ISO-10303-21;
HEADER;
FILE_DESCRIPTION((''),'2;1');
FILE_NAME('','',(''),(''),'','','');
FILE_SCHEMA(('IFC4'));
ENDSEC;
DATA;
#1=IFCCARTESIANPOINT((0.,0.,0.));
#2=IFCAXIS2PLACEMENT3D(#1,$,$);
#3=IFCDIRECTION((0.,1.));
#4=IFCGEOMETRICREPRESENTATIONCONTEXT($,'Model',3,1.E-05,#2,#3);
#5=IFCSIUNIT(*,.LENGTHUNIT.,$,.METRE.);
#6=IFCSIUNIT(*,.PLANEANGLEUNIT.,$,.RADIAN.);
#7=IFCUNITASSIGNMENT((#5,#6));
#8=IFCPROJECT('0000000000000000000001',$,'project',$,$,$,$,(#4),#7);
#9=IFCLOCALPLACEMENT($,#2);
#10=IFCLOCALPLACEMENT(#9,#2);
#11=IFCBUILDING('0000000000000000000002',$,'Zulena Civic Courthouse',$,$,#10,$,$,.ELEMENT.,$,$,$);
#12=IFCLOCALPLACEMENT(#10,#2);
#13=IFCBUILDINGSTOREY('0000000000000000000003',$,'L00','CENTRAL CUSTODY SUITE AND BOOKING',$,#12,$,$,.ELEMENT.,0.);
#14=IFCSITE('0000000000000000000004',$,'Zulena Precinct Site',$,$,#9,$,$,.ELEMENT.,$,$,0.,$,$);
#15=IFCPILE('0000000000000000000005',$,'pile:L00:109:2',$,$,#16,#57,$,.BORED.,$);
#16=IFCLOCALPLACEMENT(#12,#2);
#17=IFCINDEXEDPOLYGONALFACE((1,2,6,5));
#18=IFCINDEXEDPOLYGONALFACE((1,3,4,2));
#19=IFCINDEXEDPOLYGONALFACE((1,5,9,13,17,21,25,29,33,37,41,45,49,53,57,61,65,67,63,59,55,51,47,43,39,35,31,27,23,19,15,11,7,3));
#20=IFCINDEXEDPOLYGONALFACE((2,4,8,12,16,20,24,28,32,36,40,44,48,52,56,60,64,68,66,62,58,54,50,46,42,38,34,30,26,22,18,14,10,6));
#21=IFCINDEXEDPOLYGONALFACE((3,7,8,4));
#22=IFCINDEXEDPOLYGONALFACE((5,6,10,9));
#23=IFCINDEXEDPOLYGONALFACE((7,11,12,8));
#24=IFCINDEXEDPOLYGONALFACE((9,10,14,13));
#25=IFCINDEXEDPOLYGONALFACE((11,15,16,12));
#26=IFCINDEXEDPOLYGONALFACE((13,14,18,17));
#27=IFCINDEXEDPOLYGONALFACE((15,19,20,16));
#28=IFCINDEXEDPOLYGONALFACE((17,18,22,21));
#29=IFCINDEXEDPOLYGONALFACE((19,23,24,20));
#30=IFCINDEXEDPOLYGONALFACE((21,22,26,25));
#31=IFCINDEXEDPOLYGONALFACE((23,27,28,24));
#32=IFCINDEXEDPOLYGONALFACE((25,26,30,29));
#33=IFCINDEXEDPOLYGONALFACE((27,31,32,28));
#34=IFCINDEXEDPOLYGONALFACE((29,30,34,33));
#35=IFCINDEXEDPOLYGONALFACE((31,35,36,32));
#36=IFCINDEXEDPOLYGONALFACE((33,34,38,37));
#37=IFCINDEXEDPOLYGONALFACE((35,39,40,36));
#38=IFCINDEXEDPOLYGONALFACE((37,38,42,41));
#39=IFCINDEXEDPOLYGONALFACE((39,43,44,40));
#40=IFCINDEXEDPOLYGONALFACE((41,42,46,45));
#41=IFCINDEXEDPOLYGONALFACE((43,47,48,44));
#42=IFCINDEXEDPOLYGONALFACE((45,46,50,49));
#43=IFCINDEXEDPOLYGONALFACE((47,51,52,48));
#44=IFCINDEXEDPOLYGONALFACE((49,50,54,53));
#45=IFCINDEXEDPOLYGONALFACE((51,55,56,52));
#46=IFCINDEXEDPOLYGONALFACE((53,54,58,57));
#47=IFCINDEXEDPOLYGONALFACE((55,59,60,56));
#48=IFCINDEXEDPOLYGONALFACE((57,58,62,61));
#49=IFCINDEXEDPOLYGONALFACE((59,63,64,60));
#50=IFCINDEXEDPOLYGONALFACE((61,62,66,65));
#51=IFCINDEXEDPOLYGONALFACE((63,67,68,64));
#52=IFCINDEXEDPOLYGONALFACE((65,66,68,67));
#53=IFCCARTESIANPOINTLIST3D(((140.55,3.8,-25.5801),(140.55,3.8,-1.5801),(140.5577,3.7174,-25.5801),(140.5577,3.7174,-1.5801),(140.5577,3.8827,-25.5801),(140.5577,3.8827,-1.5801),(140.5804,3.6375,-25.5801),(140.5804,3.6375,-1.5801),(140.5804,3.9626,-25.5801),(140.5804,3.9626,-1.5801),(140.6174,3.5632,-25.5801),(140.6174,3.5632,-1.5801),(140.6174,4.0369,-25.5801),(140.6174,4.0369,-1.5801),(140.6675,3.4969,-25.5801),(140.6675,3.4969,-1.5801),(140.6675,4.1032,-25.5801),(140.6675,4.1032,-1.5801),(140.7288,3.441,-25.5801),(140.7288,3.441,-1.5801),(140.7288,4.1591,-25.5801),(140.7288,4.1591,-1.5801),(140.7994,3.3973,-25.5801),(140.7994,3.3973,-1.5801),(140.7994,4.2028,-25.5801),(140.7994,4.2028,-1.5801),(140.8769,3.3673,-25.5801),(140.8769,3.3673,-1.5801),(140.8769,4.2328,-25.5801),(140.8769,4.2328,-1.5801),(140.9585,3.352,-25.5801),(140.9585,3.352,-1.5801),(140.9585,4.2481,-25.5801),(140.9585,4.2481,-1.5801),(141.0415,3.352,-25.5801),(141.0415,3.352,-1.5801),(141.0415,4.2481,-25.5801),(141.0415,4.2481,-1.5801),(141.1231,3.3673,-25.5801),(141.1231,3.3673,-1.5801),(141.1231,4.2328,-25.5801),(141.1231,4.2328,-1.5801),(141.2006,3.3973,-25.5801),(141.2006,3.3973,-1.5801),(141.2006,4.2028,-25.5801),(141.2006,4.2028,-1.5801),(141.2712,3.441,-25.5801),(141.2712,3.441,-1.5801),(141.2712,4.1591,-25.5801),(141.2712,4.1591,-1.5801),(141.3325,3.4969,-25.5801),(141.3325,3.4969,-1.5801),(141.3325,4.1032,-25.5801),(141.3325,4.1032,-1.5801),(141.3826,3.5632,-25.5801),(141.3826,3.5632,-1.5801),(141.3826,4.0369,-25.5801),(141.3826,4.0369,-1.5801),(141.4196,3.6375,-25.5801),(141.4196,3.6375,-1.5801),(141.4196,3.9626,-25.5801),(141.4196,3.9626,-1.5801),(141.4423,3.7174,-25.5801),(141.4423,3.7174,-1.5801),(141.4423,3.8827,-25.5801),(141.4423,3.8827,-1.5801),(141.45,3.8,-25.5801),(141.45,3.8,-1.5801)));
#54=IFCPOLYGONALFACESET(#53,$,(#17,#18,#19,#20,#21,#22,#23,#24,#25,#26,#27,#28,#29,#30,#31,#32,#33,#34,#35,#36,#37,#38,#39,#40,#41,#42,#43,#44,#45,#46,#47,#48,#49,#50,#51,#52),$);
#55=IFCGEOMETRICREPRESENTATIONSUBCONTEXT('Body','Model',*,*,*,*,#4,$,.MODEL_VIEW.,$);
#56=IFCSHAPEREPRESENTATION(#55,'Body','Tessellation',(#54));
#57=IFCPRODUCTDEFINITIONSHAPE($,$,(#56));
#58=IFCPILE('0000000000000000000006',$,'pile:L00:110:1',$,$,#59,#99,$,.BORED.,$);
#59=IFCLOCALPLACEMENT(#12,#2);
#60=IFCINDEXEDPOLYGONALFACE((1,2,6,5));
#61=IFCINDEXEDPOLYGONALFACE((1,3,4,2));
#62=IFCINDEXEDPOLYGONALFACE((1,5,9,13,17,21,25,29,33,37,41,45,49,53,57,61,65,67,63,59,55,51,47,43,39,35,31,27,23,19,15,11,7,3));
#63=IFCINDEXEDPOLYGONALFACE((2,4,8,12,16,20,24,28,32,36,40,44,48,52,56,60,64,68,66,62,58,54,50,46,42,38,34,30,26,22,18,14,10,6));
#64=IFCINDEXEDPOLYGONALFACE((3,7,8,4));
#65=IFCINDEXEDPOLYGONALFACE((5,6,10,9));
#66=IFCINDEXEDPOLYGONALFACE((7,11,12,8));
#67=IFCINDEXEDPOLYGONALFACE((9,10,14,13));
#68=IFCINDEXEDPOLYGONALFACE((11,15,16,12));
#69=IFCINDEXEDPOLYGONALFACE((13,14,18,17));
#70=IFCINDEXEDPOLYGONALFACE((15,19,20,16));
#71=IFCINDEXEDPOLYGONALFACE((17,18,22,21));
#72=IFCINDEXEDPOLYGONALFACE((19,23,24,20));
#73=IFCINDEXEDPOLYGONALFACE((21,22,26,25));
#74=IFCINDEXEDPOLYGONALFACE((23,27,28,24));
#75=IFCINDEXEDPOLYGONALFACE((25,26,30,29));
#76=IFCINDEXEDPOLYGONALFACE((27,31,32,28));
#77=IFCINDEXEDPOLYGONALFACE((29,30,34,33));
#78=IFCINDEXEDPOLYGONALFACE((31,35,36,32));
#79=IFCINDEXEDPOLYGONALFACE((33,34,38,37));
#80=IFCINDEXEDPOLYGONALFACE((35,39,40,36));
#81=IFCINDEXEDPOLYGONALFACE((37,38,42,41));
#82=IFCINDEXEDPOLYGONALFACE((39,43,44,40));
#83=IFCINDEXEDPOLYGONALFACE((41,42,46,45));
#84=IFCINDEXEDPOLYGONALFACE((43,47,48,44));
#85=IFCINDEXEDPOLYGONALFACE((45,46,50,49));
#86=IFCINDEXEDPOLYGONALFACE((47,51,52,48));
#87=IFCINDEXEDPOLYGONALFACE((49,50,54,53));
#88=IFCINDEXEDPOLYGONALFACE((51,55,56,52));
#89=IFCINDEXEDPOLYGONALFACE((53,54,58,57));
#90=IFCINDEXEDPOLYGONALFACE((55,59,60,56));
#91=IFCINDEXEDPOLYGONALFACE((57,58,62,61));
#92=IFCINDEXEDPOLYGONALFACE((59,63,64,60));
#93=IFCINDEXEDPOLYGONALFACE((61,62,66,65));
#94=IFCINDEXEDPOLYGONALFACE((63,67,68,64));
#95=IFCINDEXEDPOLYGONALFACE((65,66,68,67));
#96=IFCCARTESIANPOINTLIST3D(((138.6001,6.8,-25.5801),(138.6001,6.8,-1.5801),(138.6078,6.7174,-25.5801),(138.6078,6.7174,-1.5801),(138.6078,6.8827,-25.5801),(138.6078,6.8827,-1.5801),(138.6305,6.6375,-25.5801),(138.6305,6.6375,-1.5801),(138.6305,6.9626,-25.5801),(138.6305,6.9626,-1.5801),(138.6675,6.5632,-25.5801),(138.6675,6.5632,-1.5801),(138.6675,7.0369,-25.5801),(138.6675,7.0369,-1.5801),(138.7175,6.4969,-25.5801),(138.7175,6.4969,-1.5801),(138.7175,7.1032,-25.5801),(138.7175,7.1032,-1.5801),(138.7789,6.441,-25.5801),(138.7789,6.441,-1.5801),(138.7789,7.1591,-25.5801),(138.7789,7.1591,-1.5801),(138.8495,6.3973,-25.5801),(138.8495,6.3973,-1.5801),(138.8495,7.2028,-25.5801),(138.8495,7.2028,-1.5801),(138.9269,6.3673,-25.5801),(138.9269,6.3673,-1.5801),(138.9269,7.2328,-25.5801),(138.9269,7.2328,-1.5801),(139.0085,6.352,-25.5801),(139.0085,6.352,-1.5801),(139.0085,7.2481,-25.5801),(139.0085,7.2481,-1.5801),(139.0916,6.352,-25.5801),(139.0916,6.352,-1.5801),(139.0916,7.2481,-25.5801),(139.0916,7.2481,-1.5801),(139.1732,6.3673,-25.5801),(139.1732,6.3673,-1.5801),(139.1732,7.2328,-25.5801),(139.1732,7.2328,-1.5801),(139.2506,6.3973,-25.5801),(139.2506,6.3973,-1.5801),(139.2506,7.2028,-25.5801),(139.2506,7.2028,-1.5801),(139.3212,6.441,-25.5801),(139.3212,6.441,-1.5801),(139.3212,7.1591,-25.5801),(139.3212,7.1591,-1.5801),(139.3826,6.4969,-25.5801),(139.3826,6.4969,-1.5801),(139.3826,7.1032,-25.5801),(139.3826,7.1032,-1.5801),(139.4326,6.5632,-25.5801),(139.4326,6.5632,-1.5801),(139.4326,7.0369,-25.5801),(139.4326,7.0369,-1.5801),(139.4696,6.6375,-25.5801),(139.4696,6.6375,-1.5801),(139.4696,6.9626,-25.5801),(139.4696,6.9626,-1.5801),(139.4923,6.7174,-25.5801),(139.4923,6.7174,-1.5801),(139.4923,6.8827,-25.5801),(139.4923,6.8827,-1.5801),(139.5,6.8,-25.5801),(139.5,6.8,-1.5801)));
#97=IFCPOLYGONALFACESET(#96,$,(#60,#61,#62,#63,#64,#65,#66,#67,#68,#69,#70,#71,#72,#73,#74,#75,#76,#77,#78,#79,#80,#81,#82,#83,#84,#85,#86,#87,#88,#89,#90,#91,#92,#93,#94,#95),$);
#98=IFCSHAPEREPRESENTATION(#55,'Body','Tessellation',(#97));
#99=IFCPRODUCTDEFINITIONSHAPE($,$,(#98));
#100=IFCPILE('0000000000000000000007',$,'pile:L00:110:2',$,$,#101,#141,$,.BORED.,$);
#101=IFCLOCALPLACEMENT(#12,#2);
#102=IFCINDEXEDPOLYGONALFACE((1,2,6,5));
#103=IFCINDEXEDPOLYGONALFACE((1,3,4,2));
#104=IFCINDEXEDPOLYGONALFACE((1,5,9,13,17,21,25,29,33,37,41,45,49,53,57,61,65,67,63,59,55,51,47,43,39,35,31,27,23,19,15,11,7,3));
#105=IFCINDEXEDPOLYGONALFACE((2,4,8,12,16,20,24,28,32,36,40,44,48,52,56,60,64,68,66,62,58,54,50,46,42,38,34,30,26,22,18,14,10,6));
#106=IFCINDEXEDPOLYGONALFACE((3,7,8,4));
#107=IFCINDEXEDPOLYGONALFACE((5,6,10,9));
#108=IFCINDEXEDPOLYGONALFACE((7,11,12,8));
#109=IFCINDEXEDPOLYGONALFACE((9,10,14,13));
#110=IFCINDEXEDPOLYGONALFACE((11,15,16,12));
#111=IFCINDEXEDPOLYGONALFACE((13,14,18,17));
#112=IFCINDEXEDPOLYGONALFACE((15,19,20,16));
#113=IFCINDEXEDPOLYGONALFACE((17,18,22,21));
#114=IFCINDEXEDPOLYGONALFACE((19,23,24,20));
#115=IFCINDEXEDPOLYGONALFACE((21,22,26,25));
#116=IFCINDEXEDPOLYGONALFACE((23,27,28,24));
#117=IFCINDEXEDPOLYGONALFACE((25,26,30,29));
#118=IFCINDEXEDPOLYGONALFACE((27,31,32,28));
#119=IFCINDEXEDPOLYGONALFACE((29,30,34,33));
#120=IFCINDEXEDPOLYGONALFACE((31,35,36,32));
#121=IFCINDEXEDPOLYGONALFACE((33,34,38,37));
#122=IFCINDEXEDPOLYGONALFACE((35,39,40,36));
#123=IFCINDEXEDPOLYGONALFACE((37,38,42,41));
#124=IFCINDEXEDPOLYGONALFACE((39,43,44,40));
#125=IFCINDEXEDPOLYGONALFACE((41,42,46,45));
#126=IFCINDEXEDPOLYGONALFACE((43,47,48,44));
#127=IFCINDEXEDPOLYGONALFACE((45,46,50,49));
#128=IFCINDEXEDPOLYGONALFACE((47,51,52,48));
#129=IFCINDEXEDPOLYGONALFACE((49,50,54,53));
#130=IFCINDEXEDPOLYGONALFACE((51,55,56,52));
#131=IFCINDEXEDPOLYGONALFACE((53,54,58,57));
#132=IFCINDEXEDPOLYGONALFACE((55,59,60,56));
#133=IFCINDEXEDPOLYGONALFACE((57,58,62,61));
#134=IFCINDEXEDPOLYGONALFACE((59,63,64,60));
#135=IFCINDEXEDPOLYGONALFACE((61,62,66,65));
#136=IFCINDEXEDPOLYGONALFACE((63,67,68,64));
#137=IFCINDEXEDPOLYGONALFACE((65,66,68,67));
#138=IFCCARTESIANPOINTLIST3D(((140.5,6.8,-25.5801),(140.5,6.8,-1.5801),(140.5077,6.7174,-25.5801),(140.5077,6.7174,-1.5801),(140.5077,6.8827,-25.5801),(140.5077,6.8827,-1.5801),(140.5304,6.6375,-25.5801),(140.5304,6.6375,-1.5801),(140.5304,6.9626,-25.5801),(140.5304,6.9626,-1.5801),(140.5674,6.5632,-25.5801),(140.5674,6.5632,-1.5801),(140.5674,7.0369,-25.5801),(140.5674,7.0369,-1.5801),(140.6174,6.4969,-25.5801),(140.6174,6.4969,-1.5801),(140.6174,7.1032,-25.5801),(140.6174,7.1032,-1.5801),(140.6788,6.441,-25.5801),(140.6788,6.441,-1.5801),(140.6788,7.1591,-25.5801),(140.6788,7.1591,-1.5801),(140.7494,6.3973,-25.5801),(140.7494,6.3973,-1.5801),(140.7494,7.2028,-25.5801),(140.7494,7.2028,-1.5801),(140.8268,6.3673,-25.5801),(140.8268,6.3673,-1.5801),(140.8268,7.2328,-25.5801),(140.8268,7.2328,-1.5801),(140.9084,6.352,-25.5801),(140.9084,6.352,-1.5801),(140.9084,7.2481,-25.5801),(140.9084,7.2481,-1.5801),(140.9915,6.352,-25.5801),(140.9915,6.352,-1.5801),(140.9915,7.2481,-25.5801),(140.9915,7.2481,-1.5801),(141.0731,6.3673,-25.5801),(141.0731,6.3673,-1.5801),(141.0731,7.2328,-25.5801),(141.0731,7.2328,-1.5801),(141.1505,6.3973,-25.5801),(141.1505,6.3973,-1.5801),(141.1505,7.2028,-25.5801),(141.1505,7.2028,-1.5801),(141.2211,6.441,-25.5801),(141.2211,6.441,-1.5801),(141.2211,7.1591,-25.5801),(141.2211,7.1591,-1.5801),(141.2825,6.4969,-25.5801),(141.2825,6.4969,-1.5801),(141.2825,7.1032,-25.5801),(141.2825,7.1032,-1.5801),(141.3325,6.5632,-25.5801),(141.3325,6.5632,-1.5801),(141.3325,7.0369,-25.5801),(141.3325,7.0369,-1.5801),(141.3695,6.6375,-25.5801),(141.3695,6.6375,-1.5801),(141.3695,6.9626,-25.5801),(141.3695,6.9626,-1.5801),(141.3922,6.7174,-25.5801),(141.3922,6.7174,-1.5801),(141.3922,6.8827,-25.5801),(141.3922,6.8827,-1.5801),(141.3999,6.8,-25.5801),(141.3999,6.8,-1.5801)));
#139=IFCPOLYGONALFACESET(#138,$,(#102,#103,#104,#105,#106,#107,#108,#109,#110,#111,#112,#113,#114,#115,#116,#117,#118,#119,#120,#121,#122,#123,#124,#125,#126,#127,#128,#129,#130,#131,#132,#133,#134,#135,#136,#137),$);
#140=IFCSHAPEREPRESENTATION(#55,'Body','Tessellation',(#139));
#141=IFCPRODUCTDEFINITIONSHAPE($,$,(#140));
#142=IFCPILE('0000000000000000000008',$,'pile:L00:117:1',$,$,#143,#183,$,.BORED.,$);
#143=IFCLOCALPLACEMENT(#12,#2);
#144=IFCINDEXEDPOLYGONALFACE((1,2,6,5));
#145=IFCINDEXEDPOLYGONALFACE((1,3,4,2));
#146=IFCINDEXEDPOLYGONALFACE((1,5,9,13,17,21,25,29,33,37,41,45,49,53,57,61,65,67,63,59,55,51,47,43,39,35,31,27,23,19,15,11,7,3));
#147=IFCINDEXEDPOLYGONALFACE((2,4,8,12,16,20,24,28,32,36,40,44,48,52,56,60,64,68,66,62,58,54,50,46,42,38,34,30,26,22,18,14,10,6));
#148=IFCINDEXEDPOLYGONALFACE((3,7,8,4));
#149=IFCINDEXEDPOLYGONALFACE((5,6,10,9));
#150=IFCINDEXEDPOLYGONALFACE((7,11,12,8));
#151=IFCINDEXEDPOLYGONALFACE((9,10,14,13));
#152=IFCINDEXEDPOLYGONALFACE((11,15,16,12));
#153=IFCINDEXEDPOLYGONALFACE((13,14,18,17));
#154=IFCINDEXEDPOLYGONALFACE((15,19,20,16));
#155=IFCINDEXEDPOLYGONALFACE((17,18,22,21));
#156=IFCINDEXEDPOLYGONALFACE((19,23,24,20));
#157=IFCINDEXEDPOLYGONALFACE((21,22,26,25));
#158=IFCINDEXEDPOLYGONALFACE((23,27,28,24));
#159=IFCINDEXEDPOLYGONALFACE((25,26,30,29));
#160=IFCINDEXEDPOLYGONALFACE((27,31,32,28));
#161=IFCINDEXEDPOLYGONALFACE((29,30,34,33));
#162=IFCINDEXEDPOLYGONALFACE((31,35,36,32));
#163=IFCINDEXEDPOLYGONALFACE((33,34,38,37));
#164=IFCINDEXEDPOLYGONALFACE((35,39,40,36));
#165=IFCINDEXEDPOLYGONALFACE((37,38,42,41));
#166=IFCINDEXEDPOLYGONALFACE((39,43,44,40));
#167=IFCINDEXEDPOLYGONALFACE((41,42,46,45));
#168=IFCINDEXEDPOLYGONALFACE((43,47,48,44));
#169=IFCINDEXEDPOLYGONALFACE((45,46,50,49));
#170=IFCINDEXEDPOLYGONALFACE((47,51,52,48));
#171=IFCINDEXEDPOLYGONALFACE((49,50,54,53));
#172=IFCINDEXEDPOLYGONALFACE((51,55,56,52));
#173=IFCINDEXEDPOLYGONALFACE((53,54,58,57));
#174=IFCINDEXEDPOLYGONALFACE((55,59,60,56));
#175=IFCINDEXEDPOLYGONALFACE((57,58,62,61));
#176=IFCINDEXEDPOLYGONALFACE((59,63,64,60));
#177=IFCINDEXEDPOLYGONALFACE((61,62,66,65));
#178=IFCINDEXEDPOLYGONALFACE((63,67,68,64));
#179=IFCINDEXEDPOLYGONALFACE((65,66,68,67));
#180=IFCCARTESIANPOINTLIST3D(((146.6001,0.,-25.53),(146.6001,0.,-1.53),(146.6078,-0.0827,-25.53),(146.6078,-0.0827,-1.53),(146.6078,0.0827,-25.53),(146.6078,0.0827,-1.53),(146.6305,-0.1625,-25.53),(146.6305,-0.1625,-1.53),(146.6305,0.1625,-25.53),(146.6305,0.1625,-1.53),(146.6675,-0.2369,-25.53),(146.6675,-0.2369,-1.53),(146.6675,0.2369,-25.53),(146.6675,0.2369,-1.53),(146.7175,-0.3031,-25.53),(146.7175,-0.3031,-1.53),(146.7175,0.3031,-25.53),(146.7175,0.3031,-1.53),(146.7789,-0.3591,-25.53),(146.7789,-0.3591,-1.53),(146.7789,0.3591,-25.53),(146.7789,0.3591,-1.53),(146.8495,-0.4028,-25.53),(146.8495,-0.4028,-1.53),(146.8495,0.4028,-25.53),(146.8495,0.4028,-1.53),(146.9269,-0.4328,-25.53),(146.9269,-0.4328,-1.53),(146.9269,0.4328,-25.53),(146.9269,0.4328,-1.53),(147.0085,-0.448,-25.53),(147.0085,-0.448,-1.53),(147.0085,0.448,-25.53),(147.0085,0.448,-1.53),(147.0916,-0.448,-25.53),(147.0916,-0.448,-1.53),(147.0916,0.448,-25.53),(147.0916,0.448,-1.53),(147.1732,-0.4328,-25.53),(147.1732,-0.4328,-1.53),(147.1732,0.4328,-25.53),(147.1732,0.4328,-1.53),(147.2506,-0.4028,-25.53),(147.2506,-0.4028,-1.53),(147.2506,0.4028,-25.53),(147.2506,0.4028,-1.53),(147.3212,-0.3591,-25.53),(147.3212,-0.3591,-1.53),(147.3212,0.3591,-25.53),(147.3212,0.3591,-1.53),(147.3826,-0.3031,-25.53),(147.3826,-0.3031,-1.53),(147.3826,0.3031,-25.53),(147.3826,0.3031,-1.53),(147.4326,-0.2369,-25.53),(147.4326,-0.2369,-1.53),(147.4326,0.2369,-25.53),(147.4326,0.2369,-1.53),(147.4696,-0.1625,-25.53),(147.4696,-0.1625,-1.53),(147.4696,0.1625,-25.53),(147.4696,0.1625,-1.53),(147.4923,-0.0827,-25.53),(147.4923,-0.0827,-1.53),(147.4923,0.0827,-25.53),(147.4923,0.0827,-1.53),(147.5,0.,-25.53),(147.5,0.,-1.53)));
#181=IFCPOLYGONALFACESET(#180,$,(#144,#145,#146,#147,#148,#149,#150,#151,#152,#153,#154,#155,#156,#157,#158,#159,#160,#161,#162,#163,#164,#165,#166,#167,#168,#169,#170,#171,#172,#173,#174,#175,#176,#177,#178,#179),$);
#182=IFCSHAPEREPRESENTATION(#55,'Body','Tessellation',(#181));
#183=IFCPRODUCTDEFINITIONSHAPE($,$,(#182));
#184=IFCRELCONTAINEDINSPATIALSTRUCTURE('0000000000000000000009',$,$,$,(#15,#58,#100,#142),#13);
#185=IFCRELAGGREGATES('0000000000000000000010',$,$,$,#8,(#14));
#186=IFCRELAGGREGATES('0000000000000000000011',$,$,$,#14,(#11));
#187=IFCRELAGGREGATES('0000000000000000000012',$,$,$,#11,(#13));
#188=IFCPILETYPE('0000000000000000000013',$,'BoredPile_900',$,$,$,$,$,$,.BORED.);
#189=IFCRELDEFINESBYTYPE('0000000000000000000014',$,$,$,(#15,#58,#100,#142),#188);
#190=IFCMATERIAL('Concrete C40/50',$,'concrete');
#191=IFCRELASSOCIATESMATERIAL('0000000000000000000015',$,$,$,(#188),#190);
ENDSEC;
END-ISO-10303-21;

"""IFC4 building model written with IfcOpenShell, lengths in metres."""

from ifc_helpers import new_model, si_unit, direction, frame, origin, origin_2d, place, context, subcontext, project, spatial, circle, extrude, material, material_profile, profile_set, type_object, element, save


model = new_model("IFC4")

# Units and contexts
model_context = context("Model", 3, precision=1e-05, world=origin(), true_north=direction((0.0, 1.0)))
body_context = subcontext(model_context, "Body", "Model", "MODEL_VIEW")
ifc_project = project(units=[si_unit("LENGTHUNIT", "METRE"), si_unit("PLANEANGLEUNIT", "RADIAN")], contexts=[model_context])

# Site, building, storey
site_placement = place(None, origin())
site = spatial("IfcSite", under=ifc_project, at=site_placement, Name="Zulena Precinct Site", CompositionType="ELEMENT", RefElevation=0.0)
building_placement = place(site_placement, origin())
building = spatial("IfcBuilding", under=site, at=building_placement, Name="Zulena Civic Courthouse", CompositionType="ELEMENT")
storey_placement = place(building_placement, origin())
storey = spatial("IfcBuildingStorey", under=building, at=storey_placement, Name="L00", Description="CENTRAL CUSTODY SUITE AND BOOKING", CompositionType="ELEMENT", Elevation=0.0)

# Piles
ifc_material_1 = material(Name="Concrete C40/50", Category="concrete")
ifc_material_profile_1 = material_profile(ifc_material_1, circle(Radius=0.45, at=origin_2d()), Name="PILE900")
ifc_profile_set_1 = profile_set([ifc_material_profile_1], Name="Concrete C40/50")
pile_type_1 = type_object("IfcPileType", Name="BoredPile_900", PredefinedType="BORED", material=ifc_profile_set_1)
for number, where, z_axis, x_axis, name in (
    (1, (141.0, 3.8, -1.5801), (0.0, 0.0, -1.0), (1.0, 0.0, 0.0), "pile:L00:109:2"),
    (2, (139.05, 6.8, -1.5801), (0.0, 0.0, -1.0), (1.0, 0.0, 0.0), "pile:L00:110:1"),
    (3, (140.95, 6.8, -1.5801), (0.0, 0.0, -1.0), (1.0, 0.0, 0.0), "pile:L00:110:2"),
    (4, (147.05, 0.0, -1.53), (0.0, 0.0, -1.0), (1.0, 0.0, 0.0), "pile:L00:117:1"),
):
    element("IfcPile", number, at=place(storey_placement, frame(where, z_axis=z_axis, x_axis=x_axis)), inside=storey, type_object=pile_type_1, Name=name, PredefinedType="BORED", context=body_context, shape_type="SweptSolid", body=[
        extrude(circle(Radius=0.45, at=origin_2d()), origin(), (0.0, 0.0, 1.0), 24.0),
    ])

save(model, "model.ifc")
